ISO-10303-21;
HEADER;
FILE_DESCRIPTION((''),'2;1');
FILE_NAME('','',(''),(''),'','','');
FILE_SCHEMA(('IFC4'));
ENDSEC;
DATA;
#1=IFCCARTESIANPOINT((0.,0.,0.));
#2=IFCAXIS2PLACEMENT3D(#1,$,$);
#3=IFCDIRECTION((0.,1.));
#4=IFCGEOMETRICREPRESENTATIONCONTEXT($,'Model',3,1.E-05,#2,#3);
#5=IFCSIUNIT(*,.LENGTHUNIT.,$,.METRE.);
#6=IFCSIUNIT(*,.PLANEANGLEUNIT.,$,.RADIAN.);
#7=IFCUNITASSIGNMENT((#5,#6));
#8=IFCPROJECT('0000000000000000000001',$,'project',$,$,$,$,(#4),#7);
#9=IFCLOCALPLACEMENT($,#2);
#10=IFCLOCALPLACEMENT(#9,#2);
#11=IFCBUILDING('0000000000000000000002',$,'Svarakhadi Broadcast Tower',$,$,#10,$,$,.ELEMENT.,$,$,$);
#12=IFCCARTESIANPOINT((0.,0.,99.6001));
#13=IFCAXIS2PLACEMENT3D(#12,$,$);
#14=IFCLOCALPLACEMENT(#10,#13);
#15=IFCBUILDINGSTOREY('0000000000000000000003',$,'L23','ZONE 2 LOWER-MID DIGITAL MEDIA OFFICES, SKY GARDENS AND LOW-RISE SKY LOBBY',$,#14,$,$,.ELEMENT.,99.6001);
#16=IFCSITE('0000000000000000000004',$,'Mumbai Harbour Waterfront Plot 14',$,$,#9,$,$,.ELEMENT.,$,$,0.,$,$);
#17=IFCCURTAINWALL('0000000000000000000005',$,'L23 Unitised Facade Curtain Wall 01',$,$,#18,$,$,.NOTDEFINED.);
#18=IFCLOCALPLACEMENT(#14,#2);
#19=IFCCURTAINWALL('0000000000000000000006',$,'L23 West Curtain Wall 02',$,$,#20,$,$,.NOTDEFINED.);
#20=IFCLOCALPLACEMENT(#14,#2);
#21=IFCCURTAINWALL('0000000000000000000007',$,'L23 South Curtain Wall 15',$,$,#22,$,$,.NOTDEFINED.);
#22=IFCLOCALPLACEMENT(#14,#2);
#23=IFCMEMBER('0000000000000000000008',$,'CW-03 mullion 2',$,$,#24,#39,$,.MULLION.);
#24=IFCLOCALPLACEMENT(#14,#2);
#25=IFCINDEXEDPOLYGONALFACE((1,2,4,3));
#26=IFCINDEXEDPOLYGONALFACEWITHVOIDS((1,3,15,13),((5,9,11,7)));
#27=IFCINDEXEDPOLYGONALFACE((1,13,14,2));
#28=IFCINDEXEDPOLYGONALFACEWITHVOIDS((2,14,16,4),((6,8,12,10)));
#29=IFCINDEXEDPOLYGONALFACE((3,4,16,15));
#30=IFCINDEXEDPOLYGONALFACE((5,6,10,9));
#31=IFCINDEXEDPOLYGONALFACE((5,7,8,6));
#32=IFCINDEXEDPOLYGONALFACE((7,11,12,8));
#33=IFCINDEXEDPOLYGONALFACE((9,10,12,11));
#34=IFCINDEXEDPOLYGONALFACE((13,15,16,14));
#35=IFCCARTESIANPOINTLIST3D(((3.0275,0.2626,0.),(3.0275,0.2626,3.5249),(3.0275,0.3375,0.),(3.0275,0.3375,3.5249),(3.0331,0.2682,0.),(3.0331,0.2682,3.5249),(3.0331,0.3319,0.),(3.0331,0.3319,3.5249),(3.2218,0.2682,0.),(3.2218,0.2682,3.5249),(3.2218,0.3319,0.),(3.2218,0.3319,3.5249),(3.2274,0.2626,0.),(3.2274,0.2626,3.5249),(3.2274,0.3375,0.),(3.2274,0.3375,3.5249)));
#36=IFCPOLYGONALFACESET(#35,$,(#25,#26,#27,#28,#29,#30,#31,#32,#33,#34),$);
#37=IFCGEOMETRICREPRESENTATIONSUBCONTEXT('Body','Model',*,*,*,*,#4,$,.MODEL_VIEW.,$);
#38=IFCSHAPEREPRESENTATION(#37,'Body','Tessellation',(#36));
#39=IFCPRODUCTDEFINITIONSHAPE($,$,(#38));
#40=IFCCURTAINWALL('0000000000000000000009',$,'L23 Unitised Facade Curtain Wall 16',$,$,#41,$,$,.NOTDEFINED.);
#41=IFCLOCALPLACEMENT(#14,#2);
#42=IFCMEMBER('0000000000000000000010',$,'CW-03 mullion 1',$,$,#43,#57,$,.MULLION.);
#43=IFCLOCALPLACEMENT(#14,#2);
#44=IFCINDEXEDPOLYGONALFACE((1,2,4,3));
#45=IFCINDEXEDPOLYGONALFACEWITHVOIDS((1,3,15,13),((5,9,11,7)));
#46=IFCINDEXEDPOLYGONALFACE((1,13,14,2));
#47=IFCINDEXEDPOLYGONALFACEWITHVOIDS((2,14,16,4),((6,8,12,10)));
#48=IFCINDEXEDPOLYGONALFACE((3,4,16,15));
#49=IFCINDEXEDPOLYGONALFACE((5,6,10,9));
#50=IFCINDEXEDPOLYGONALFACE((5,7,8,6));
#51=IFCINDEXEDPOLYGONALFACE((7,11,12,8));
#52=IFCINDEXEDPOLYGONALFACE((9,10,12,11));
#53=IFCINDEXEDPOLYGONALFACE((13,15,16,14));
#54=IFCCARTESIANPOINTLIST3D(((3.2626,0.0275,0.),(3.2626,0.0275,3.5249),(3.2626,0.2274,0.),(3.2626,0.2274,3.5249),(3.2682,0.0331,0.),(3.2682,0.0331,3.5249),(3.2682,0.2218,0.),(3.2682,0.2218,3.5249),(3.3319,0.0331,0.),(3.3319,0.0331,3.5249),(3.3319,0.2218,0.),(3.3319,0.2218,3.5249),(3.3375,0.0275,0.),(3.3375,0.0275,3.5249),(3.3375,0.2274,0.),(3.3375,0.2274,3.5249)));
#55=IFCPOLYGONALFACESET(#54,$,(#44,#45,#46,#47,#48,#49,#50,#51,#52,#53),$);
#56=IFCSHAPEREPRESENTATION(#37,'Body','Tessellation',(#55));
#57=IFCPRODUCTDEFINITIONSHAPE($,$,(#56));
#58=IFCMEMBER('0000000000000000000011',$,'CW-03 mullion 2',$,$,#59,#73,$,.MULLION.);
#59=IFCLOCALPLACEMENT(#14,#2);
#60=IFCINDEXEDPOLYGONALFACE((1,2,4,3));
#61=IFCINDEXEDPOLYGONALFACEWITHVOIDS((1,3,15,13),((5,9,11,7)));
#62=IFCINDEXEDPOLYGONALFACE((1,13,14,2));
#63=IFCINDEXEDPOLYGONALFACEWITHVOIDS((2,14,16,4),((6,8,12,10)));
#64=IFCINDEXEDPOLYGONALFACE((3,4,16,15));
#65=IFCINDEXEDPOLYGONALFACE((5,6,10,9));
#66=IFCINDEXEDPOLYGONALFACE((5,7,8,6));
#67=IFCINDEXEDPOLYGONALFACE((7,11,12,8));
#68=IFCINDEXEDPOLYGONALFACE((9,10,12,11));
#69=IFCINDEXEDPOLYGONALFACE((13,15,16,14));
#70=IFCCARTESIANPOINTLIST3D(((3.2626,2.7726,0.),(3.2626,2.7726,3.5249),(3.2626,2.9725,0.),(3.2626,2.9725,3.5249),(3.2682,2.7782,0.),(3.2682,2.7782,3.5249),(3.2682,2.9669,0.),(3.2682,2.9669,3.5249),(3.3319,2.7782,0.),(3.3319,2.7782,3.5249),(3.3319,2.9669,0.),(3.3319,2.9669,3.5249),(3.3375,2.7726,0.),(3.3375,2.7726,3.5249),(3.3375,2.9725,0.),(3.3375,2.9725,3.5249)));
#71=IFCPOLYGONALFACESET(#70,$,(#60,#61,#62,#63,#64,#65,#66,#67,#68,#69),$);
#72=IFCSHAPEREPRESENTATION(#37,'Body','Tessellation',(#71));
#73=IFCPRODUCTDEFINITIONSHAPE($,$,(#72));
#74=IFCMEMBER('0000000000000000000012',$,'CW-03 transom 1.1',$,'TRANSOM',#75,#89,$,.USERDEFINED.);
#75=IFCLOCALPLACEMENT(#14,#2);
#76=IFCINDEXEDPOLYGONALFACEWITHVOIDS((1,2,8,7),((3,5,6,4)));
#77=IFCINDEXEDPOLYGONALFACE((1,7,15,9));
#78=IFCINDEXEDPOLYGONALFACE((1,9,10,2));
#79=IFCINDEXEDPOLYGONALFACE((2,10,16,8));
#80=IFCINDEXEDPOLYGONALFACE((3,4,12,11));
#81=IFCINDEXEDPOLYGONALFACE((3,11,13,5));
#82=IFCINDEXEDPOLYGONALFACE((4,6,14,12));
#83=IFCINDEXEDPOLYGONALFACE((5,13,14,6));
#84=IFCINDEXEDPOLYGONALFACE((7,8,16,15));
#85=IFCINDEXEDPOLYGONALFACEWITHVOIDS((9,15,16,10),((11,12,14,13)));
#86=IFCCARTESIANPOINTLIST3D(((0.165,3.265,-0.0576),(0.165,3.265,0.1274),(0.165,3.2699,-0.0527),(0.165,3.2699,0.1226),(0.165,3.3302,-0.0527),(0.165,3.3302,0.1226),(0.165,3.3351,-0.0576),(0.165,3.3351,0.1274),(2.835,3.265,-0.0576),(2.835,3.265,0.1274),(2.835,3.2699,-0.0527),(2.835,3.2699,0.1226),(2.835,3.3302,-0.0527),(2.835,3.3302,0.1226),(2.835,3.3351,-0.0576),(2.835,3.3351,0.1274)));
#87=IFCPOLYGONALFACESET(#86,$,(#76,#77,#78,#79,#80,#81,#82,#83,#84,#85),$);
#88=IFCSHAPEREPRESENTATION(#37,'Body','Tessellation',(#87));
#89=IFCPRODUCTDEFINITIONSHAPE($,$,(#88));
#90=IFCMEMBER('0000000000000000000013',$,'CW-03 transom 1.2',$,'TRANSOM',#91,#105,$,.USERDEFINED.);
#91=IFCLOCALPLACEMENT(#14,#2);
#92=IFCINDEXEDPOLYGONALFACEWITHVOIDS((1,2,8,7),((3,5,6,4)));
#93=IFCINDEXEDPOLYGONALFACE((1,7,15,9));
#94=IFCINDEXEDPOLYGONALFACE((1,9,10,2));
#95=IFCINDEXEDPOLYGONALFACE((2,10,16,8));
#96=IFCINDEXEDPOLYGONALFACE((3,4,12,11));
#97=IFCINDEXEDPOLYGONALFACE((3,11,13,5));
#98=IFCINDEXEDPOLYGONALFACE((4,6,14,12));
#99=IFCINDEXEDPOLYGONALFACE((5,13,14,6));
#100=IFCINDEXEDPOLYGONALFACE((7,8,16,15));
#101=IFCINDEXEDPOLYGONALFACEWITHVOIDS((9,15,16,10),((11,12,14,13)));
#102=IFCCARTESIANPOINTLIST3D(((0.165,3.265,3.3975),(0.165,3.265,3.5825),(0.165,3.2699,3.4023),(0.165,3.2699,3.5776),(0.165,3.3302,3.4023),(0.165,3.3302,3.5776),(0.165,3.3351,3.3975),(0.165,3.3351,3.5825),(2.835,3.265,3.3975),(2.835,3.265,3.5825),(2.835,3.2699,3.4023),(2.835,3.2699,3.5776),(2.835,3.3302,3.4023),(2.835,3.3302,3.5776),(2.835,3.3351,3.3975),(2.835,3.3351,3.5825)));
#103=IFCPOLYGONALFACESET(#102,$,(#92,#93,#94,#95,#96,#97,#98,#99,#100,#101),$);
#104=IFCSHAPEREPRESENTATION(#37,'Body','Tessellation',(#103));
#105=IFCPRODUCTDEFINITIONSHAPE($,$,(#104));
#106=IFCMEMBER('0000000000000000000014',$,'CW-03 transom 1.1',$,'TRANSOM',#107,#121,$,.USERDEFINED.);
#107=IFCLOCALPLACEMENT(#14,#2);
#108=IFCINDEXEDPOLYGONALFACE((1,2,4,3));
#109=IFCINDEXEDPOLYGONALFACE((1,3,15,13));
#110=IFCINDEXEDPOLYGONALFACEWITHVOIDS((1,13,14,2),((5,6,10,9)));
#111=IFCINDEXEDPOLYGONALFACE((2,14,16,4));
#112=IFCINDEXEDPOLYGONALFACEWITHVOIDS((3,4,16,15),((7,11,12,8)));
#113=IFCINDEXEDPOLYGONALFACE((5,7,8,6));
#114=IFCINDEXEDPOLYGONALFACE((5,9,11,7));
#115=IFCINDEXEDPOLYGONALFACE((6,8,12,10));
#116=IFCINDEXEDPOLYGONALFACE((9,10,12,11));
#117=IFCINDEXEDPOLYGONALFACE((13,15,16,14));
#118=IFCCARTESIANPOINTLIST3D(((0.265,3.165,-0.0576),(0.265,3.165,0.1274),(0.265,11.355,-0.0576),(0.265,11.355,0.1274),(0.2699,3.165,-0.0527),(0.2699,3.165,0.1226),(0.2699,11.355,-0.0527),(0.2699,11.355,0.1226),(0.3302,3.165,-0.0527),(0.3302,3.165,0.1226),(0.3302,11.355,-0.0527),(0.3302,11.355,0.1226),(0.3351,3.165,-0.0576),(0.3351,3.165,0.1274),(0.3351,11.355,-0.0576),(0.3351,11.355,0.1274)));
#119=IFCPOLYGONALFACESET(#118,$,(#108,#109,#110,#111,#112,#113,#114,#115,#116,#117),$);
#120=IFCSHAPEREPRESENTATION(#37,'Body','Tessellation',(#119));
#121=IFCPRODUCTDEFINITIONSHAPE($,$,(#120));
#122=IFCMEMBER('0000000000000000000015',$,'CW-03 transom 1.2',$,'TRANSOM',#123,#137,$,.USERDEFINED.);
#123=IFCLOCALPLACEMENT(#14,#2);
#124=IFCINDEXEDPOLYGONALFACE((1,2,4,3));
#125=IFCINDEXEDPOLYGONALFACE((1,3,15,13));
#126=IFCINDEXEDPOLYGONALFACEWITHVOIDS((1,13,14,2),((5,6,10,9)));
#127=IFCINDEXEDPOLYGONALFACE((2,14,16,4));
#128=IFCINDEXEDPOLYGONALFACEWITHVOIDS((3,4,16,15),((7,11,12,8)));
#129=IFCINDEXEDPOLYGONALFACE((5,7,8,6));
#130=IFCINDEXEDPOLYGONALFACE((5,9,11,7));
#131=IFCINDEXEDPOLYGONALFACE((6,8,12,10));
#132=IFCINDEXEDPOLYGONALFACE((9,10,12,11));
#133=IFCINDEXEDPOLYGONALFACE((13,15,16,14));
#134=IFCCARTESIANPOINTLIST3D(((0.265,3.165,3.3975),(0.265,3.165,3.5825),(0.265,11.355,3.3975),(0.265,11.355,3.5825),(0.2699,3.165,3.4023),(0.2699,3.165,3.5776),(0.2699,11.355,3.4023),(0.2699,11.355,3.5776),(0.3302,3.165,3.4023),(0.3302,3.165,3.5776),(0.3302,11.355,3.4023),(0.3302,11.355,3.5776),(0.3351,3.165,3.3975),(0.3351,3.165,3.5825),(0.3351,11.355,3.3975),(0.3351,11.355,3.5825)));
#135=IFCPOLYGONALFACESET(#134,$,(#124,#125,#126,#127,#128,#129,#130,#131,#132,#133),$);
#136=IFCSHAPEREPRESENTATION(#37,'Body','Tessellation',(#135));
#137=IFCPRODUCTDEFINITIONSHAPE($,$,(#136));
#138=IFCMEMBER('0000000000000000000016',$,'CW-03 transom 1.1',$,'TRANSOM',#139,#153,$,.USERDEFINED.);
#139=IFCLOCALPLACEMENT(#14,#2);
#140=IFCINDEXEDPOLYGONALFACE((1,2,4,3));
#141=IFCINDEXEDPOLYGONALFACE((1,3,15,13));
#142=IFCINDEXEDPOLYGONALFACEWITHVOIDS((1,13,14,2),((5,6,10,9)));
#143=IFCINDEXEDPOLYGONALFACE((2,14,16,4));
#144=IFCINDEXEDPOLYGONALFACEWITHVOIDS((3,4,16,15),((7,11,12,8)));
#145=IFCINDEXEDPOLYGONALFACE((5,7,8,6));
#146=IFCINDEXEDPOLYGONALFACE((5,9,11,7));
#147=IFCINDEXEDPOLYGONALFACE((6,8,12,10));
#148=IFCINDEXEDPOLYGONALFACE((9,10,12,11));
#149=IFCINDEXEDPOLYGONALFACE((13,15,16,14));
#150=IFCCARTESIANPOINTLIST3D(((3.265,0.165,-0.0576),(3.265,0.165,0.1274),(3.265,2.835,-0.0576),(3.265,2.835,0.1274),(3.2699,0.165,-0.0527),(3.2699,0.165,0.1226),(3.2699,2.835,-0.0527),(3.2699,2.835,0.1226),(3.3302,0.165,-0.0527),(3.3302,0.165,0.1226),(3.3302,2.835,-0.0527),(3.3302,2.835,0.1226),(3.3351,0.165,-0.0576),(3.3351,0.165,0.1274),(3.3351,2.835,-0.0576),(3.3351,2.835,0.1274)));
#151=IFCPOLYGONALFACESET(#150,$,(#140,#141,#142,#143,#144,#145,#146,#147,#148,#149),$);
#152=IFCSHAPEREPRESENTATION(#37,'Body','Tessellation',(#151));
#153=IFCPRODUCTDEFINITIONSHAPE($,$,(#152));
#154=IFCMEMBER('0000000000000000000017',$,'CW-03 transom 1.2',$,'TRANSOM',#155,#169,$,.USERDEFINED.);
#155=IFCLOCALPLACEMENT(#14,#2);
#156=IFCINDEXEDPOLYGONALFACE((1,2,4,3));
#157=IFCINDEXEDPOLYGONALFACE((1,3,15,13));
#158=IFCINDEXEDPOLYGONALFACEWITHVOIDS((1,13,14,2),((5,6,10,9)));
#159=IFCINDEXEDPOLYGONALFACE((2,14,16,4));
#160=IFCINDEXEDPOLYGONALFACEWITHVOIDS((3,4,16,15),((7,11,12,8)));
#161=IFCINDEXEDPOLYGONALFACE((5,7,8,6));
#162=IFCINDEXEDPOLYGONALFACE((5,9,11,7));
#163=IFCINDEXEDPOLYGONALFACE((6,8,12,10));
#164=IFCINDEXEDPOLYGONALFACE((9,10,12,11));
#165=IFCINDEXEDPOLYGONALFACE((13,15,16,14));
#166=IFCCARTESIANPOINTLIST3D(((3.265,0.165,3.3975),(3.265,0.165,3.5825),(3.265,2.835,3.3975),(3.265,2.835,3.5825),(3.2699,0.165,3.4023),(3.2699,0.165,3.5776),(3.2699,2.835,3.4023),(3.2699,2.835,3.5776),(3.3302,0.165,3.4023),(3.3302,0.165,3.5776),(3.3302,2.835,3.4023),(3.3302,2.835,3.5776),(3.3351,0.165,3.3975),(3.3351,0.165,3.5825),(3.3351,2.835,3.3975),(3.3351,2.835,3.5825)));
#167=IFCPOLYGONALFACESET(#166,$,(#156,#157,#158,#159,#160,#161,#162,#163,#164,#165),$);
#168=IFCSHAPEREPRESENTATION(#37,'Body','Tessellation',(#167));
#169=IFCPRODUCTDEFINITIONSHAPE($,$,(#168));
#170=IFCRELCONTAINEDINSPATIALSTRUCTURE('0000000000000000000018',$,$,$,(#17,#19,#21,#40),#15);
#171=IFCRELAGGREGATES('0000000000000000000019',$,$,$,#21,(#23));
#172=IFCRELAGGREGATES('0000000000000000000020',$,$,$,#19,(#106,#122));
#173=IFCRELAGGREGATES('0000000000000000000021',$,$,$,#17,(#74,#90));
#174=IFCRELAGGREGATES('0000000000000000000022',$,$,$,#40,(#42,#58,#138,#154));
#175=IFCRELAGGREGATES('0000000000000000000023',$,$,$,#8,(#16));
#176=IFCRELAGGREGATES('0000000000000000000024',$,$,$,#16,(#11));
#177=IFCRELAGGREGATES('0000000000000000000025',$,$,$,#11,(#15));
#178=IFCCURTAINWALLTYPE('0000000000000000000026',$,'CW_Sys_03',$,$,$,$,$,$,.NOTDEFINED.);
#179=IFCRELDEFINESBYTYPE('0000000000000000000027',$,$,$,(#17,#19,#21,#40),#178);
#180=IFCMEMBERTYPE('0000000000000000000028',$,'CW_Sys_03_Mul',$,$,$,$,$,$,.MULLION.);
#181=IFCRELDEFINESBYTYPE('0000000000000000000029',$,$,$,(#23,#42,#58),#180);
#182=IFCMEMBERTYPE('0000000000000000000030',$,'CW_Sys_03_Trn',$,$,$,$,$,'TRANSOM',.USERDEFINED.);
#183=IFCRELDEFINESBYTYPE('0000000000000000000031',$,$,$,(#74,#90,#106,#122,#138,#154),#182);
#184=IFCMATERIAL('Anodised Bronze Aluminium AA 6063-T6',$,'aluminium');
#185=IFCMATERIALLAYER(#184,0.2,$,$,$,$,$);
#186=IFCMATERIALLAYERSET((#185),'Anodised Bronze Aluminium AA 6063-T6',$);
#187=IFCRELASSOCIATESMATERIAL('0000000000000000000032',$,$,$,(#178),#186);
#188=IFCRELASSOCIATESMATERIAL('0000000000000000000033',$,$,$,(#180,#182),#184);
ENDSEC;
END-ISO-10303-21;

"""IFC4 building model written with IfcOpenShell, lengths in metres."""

from ifc_helpers import new_model, si_unit, direction, frame, origin, origin_2d, place, context, subcontext, project, spatial, hollow_rectangle, extrude, material, layer, layer_set, material_profile, profile_set, type_object, element, aggregate, save


model = new_model("IFC4")

# Units and contexts
model_context = context("Model", 3, precision=1e-05, world=origin(), true_north=direction((0.0, 1.0)))
body_context = subcontext(model_context, "Body", "Model", "MODEL_VIEW")
ifc_project = project(units=[si_unit("LENGTHUNIT", "METRE"), si_unit("PLANEANGLEUNIT", "RADIAN")], contexts=[model_context])

# Site, building, storey
site_placement = place(None, origin())
site = spatial("IfcSite", under=ifc_project, at=site_placement, Name="Mumbai Harbour Waterfront Plot 14", CompositionType="ELEMENT", RefElevation=0.0)
building_placement = place(site_placement, origin())
building = spatial("IfcBuilding", under=site, at=building_placement, Name="Svarakhadi Broadcast Tower", CompositionType="ELEMENT")
storey_placement = place(building_placement, frame((0.0, 0.0, 99.6001)))
storey = spatial("IfcBuildingStorey", under=building, at=storey_placement, Name="L23", Description="ZONE 2 LOWER-MID DIGITAL MEDIA OFFICES, SKY GARDENS AND LOW-RISE SKY LOBBY", CompositionType="ELEMENT", Elevation=99.6001)

# Curtain wall
ifc_material_1 = material(Name="Anodised Bronze Aluminium AA 6063-T6", Category="aluminium")
ifc_layer_1 = layer(ifc_material_1, 0.2)
ifc_layer_set_1 = layer_set([ifc_layer_1], Name="Anodised Bronze Aluminium AA 6063-T6")
curtain_wall_type = type_object("IfcCurtainWallType", Name="CW_Sys_03", PredefinedType="NOTDEFINED", material=ifc_layer_set_1)
curtain_wall_1_placement = place(storey_placement, origin())
curtain_wall_1 = element("IfcCurtainWall", 1, at=curtain_wall_1_placement, inside=storey, type_object=curtain_wall_type, Name="L23 Unitised Facade Curtain Wall 01", PredefinedType="NOTDEFINED")
ifc_material_profile_1 = material_profile(ifc_material_1, hollow_rectangle(XDim=0.075, YDim=0.2, WallThickness=0.0056, at=origin_2d()), Name="ALU MULLION 200x75x6")
ifc_profile_set_1 = profile_set([ifc_material_profile_1], Name="Anodised Bronze Aluminium AA 6063-T6")
member_type_1 = type_object("IfcMemberType", Name="CW_Sys_03_Mul", PredefinedType="MULLION", material=ifc_profile_set_1)

# Curtain walls, member
curtain_wall_2_placement = place(storey_placement, origin())
curtain_wall_2 = element("IfcCurtainWall", 2, at=curtain_wall_2_placement, inside=storey, type_object=curtain_wall_type, Name="L23 West Curtain Wall 02", PredefinedType="NOTDEFINED")
curtain_wall_3_placement = place(storey_placement, origin())
curtain_wall_3 = element("IfcCurtainWall", 3, at=curtain_wall_3_placement, inside=storey, type_object=curtain_wall_type, Name="L23 South Curtain Wall 15", PredefinedType="NOTDEFINED")
member_1_placement = place(storey_placement, frame((3.1274, 0.3, 0.0), z_axis=(0.0, 0.0, 1.0), x_axis=(0.0, -1.0, 0.0)))
member_1 = element("IfcMember", 4, at=member_1_placement, type_object=member_type_1, Name="CW-03 mullion 2", PredefinedType="MULLION", context=body_context, shape_type="SweptSolid", body=[
    extrude(hollow_rectangle(XDim=0.075, YDim=0.2, WallThickness=0.0056, at=origin_2d()), origin(), (0.0, 0.0, 1.0), 3.5249),
])
aggregate(curtain_wall_3, [member_1])

# Curtain wall, members
curtain_wall_4_placement = place(storey_placement, origin())
curtain_wall_4 = element("IfcCurtainWall", 5, at=curtain_wall_4_placement, inside=storey, type_object=curtain_wall_type, Name="L23 Unitised Facade Curtain Wall 16", PredefinedType="NOTDEFINED")
member_2_placement = place(storey_placement, frame((3.3, 0.1274, 0.0), z_axis=(0.0, 0.0, 1.0), x_axis=(-1.0, 0.0, 0.0)))
member_2 = element("IfcMember", 6, at=member_2_placement, type_object=member_type_1, Name="CW-03 mullion 1", PredefinedType="MULLION", context=body_context, shape_type="SweptSolid", body=[
    extrude(hollow_rectangle(XDim=0.075, YDim=0.2, WallThickness=0.0056, at=origin_2d()), origin(), (0.0, 0.0, 1.0), 3.5249),
])
member_3_placement = place(storey_placement, frame((3.3, 2.8726, 0.0), z_axis=(0.0, 0.0, 1.0), x_axis=(-1.0, 0.0, 0.0)))
member_3 = element("IfcMember", 7, at=member_3_placement, type_object=member_type_1, Name="CW-03 mullion 2", PredefinedType="MULLION", context=body_context, shape_type="SweptSolid", body=[
    extrude(hollow_rectangle(XDim=0.075, YDim=0.2, WallThickness=0.0056, at=origin_2d()), origin(), (0.0, 0.0, 1.0), 3.5249),
])

# Members
ifc_material_profile_2 = material_profile(ifc_material_1, hollow_rectangle(XDim=0.0701, YDim=0.1851, WallThickness=0.0049, at=origin_2d()), Name="ALU TRANSOM 185x70x5")
ifc_profile_set_2 = profile_set([ifc_material_profile_2], Name="Anodised Bronze Aluminium AA 6063-T6")
member_type_2 = type_object("IfcMemberType", Name="CW_Sys_03_Trn", ElementType="TRANSOM", PredefinedType="USERDEFINED", material=ifc_profile_set_2)
member_4_placement = place(storey_placement, frame((2.835, 3.3, 0.0349), z_axis=(-1.0, 0.0, 0.0), x_axis=(0.0, -1.0, 0.0)))
member_4 = element("IfcMember", 8, at=member_4_placement, type_object=member_type_2, Name="CW-03 transom 1.1", ObjectType="TRANSOM", PredefinedType="USERDEFINED", context=body_context, shape_type="SweptSolid", body=[
    extrude(hollow_rectangle(XDim=0.0701, YDim=0.1851, WallThickness=0.0049, at=origin_2d()), origin(), (0.0, 0.0, 1.0), 2.6699),
])
member_5_placement = place(storey_placement, frame((2.835, 3.3, 3.49), z_axis=(-1.0, 0.0, 0.0), x_axis=(0.0, -1.0, 0.0)))
member_5 = element("IfcMember", 9, at=member_5_placement, type_object=member_type_2, Name="CW-03 transom 1.2", ObjectType="TRANSOM", PredefinedType="USERDEFINED", context=body_context, shape_type="SweptSolid", body=[
    extrude(hollow_rectangle(XDim=0.0701, YDim=0.1851, WallThickness=0.0049, at=origin_2d()), origin(), (0.0, 0.0, 1.0), 2.6699),
])
member_6_placement = place(storey_placement, frame((0.3, 3.165, 0.0349), z_axis=(0.0, 1.0, 0.0), x_axis=(-1.0, 0.0, 0.0)))
member_6 = element("IfcMember", 10, at=member_6_placement, type_object=member_type_2, Name="CW-03 transom 1.1", ObjectType="TRANSOM", PredefinedType="USERDEFINED", context=body_context, shape_type="SweptSolid", body=[
    extrude(hollow_rectangle(XDim=0.0701, YDim=0.1851, WallThickness=0.0049, at=origin_2d()), origin(), (0.0, 0.0, 1.0), 8.1899),
])
member_7_placement = place(storey_placement, frame((0.3, 3.165, 3.49), z_axis=(0.0, 1.0, 0.0), x_axis=(-1.0, 0.0, 0.0)))
member_7 = element("IfcMember", 11, at=member_7_placement, type_object=member_type_2, Name="CW-03 transom 1.2", ObjectType="TRANSOM", PredefinedType="USERDEFINED", context=body_context, shape_type="SweptSolid", body=[
    extrude(hollow_rectangle(XDim=0.0701, YDim=0.1851, WallThickness=0.0049, at=origin_2d()), origin(), (0.0, 0.0, 1.0), 8.1899),
])
aggregate(curtain_wall_2, [member_6, member_7])
member_8_placement = place(storey_placement, frame((3.3, 0.165, 0.0349), z_axis=(0.0, 1.0, 0.0), x_axis=(-1.0, 0.0, 0.0)))
member_8 = element("IfcMember", 12, at=member_8_placement, type_object=member_type_2, Name="CW-03 transom 1.1", ObjectType="TRANSOM", PredefinedType="USERDEFINED", context=body_context, shape_type="SweptSolid", body=[
    extrude(hollow_rectangle(XDim=0.0701, YDim=0.1851, WallThickness=0.0049, at=origin_2d()), origin(), (0.0, 0.0, 1.0), 2.6699),
])
member_9_placement = place(storey_placement, frame((3.3, 0.165, 3.49), z_axis=(0.0, 1.0, 0.0), x_axis=(-1.0, 0.0, 0.0)))
member_9 = element("IfcMember", 13, at=member_9_placement, type_object=member_type_2, Name="CW-03 transom 1.2", ObjectType="TRANSOM", PredefinedType="USERDEFINED", context=body_context, shape_type="SweptSolid", body=[
    extrude(hollow_rectangle(XDim=0.0701, YDim=0.1851, WallThickness=0.0049, at=origin_2d()), origin(), (0.0, 0.0, 1.0), 2.6699),
])

aggregate(curtain_wall_1, [member_4, member_5])
aggregate(curtain_wall_4, [member_2, member_3, member_8, member_9])

save(model, "model.ifc")
